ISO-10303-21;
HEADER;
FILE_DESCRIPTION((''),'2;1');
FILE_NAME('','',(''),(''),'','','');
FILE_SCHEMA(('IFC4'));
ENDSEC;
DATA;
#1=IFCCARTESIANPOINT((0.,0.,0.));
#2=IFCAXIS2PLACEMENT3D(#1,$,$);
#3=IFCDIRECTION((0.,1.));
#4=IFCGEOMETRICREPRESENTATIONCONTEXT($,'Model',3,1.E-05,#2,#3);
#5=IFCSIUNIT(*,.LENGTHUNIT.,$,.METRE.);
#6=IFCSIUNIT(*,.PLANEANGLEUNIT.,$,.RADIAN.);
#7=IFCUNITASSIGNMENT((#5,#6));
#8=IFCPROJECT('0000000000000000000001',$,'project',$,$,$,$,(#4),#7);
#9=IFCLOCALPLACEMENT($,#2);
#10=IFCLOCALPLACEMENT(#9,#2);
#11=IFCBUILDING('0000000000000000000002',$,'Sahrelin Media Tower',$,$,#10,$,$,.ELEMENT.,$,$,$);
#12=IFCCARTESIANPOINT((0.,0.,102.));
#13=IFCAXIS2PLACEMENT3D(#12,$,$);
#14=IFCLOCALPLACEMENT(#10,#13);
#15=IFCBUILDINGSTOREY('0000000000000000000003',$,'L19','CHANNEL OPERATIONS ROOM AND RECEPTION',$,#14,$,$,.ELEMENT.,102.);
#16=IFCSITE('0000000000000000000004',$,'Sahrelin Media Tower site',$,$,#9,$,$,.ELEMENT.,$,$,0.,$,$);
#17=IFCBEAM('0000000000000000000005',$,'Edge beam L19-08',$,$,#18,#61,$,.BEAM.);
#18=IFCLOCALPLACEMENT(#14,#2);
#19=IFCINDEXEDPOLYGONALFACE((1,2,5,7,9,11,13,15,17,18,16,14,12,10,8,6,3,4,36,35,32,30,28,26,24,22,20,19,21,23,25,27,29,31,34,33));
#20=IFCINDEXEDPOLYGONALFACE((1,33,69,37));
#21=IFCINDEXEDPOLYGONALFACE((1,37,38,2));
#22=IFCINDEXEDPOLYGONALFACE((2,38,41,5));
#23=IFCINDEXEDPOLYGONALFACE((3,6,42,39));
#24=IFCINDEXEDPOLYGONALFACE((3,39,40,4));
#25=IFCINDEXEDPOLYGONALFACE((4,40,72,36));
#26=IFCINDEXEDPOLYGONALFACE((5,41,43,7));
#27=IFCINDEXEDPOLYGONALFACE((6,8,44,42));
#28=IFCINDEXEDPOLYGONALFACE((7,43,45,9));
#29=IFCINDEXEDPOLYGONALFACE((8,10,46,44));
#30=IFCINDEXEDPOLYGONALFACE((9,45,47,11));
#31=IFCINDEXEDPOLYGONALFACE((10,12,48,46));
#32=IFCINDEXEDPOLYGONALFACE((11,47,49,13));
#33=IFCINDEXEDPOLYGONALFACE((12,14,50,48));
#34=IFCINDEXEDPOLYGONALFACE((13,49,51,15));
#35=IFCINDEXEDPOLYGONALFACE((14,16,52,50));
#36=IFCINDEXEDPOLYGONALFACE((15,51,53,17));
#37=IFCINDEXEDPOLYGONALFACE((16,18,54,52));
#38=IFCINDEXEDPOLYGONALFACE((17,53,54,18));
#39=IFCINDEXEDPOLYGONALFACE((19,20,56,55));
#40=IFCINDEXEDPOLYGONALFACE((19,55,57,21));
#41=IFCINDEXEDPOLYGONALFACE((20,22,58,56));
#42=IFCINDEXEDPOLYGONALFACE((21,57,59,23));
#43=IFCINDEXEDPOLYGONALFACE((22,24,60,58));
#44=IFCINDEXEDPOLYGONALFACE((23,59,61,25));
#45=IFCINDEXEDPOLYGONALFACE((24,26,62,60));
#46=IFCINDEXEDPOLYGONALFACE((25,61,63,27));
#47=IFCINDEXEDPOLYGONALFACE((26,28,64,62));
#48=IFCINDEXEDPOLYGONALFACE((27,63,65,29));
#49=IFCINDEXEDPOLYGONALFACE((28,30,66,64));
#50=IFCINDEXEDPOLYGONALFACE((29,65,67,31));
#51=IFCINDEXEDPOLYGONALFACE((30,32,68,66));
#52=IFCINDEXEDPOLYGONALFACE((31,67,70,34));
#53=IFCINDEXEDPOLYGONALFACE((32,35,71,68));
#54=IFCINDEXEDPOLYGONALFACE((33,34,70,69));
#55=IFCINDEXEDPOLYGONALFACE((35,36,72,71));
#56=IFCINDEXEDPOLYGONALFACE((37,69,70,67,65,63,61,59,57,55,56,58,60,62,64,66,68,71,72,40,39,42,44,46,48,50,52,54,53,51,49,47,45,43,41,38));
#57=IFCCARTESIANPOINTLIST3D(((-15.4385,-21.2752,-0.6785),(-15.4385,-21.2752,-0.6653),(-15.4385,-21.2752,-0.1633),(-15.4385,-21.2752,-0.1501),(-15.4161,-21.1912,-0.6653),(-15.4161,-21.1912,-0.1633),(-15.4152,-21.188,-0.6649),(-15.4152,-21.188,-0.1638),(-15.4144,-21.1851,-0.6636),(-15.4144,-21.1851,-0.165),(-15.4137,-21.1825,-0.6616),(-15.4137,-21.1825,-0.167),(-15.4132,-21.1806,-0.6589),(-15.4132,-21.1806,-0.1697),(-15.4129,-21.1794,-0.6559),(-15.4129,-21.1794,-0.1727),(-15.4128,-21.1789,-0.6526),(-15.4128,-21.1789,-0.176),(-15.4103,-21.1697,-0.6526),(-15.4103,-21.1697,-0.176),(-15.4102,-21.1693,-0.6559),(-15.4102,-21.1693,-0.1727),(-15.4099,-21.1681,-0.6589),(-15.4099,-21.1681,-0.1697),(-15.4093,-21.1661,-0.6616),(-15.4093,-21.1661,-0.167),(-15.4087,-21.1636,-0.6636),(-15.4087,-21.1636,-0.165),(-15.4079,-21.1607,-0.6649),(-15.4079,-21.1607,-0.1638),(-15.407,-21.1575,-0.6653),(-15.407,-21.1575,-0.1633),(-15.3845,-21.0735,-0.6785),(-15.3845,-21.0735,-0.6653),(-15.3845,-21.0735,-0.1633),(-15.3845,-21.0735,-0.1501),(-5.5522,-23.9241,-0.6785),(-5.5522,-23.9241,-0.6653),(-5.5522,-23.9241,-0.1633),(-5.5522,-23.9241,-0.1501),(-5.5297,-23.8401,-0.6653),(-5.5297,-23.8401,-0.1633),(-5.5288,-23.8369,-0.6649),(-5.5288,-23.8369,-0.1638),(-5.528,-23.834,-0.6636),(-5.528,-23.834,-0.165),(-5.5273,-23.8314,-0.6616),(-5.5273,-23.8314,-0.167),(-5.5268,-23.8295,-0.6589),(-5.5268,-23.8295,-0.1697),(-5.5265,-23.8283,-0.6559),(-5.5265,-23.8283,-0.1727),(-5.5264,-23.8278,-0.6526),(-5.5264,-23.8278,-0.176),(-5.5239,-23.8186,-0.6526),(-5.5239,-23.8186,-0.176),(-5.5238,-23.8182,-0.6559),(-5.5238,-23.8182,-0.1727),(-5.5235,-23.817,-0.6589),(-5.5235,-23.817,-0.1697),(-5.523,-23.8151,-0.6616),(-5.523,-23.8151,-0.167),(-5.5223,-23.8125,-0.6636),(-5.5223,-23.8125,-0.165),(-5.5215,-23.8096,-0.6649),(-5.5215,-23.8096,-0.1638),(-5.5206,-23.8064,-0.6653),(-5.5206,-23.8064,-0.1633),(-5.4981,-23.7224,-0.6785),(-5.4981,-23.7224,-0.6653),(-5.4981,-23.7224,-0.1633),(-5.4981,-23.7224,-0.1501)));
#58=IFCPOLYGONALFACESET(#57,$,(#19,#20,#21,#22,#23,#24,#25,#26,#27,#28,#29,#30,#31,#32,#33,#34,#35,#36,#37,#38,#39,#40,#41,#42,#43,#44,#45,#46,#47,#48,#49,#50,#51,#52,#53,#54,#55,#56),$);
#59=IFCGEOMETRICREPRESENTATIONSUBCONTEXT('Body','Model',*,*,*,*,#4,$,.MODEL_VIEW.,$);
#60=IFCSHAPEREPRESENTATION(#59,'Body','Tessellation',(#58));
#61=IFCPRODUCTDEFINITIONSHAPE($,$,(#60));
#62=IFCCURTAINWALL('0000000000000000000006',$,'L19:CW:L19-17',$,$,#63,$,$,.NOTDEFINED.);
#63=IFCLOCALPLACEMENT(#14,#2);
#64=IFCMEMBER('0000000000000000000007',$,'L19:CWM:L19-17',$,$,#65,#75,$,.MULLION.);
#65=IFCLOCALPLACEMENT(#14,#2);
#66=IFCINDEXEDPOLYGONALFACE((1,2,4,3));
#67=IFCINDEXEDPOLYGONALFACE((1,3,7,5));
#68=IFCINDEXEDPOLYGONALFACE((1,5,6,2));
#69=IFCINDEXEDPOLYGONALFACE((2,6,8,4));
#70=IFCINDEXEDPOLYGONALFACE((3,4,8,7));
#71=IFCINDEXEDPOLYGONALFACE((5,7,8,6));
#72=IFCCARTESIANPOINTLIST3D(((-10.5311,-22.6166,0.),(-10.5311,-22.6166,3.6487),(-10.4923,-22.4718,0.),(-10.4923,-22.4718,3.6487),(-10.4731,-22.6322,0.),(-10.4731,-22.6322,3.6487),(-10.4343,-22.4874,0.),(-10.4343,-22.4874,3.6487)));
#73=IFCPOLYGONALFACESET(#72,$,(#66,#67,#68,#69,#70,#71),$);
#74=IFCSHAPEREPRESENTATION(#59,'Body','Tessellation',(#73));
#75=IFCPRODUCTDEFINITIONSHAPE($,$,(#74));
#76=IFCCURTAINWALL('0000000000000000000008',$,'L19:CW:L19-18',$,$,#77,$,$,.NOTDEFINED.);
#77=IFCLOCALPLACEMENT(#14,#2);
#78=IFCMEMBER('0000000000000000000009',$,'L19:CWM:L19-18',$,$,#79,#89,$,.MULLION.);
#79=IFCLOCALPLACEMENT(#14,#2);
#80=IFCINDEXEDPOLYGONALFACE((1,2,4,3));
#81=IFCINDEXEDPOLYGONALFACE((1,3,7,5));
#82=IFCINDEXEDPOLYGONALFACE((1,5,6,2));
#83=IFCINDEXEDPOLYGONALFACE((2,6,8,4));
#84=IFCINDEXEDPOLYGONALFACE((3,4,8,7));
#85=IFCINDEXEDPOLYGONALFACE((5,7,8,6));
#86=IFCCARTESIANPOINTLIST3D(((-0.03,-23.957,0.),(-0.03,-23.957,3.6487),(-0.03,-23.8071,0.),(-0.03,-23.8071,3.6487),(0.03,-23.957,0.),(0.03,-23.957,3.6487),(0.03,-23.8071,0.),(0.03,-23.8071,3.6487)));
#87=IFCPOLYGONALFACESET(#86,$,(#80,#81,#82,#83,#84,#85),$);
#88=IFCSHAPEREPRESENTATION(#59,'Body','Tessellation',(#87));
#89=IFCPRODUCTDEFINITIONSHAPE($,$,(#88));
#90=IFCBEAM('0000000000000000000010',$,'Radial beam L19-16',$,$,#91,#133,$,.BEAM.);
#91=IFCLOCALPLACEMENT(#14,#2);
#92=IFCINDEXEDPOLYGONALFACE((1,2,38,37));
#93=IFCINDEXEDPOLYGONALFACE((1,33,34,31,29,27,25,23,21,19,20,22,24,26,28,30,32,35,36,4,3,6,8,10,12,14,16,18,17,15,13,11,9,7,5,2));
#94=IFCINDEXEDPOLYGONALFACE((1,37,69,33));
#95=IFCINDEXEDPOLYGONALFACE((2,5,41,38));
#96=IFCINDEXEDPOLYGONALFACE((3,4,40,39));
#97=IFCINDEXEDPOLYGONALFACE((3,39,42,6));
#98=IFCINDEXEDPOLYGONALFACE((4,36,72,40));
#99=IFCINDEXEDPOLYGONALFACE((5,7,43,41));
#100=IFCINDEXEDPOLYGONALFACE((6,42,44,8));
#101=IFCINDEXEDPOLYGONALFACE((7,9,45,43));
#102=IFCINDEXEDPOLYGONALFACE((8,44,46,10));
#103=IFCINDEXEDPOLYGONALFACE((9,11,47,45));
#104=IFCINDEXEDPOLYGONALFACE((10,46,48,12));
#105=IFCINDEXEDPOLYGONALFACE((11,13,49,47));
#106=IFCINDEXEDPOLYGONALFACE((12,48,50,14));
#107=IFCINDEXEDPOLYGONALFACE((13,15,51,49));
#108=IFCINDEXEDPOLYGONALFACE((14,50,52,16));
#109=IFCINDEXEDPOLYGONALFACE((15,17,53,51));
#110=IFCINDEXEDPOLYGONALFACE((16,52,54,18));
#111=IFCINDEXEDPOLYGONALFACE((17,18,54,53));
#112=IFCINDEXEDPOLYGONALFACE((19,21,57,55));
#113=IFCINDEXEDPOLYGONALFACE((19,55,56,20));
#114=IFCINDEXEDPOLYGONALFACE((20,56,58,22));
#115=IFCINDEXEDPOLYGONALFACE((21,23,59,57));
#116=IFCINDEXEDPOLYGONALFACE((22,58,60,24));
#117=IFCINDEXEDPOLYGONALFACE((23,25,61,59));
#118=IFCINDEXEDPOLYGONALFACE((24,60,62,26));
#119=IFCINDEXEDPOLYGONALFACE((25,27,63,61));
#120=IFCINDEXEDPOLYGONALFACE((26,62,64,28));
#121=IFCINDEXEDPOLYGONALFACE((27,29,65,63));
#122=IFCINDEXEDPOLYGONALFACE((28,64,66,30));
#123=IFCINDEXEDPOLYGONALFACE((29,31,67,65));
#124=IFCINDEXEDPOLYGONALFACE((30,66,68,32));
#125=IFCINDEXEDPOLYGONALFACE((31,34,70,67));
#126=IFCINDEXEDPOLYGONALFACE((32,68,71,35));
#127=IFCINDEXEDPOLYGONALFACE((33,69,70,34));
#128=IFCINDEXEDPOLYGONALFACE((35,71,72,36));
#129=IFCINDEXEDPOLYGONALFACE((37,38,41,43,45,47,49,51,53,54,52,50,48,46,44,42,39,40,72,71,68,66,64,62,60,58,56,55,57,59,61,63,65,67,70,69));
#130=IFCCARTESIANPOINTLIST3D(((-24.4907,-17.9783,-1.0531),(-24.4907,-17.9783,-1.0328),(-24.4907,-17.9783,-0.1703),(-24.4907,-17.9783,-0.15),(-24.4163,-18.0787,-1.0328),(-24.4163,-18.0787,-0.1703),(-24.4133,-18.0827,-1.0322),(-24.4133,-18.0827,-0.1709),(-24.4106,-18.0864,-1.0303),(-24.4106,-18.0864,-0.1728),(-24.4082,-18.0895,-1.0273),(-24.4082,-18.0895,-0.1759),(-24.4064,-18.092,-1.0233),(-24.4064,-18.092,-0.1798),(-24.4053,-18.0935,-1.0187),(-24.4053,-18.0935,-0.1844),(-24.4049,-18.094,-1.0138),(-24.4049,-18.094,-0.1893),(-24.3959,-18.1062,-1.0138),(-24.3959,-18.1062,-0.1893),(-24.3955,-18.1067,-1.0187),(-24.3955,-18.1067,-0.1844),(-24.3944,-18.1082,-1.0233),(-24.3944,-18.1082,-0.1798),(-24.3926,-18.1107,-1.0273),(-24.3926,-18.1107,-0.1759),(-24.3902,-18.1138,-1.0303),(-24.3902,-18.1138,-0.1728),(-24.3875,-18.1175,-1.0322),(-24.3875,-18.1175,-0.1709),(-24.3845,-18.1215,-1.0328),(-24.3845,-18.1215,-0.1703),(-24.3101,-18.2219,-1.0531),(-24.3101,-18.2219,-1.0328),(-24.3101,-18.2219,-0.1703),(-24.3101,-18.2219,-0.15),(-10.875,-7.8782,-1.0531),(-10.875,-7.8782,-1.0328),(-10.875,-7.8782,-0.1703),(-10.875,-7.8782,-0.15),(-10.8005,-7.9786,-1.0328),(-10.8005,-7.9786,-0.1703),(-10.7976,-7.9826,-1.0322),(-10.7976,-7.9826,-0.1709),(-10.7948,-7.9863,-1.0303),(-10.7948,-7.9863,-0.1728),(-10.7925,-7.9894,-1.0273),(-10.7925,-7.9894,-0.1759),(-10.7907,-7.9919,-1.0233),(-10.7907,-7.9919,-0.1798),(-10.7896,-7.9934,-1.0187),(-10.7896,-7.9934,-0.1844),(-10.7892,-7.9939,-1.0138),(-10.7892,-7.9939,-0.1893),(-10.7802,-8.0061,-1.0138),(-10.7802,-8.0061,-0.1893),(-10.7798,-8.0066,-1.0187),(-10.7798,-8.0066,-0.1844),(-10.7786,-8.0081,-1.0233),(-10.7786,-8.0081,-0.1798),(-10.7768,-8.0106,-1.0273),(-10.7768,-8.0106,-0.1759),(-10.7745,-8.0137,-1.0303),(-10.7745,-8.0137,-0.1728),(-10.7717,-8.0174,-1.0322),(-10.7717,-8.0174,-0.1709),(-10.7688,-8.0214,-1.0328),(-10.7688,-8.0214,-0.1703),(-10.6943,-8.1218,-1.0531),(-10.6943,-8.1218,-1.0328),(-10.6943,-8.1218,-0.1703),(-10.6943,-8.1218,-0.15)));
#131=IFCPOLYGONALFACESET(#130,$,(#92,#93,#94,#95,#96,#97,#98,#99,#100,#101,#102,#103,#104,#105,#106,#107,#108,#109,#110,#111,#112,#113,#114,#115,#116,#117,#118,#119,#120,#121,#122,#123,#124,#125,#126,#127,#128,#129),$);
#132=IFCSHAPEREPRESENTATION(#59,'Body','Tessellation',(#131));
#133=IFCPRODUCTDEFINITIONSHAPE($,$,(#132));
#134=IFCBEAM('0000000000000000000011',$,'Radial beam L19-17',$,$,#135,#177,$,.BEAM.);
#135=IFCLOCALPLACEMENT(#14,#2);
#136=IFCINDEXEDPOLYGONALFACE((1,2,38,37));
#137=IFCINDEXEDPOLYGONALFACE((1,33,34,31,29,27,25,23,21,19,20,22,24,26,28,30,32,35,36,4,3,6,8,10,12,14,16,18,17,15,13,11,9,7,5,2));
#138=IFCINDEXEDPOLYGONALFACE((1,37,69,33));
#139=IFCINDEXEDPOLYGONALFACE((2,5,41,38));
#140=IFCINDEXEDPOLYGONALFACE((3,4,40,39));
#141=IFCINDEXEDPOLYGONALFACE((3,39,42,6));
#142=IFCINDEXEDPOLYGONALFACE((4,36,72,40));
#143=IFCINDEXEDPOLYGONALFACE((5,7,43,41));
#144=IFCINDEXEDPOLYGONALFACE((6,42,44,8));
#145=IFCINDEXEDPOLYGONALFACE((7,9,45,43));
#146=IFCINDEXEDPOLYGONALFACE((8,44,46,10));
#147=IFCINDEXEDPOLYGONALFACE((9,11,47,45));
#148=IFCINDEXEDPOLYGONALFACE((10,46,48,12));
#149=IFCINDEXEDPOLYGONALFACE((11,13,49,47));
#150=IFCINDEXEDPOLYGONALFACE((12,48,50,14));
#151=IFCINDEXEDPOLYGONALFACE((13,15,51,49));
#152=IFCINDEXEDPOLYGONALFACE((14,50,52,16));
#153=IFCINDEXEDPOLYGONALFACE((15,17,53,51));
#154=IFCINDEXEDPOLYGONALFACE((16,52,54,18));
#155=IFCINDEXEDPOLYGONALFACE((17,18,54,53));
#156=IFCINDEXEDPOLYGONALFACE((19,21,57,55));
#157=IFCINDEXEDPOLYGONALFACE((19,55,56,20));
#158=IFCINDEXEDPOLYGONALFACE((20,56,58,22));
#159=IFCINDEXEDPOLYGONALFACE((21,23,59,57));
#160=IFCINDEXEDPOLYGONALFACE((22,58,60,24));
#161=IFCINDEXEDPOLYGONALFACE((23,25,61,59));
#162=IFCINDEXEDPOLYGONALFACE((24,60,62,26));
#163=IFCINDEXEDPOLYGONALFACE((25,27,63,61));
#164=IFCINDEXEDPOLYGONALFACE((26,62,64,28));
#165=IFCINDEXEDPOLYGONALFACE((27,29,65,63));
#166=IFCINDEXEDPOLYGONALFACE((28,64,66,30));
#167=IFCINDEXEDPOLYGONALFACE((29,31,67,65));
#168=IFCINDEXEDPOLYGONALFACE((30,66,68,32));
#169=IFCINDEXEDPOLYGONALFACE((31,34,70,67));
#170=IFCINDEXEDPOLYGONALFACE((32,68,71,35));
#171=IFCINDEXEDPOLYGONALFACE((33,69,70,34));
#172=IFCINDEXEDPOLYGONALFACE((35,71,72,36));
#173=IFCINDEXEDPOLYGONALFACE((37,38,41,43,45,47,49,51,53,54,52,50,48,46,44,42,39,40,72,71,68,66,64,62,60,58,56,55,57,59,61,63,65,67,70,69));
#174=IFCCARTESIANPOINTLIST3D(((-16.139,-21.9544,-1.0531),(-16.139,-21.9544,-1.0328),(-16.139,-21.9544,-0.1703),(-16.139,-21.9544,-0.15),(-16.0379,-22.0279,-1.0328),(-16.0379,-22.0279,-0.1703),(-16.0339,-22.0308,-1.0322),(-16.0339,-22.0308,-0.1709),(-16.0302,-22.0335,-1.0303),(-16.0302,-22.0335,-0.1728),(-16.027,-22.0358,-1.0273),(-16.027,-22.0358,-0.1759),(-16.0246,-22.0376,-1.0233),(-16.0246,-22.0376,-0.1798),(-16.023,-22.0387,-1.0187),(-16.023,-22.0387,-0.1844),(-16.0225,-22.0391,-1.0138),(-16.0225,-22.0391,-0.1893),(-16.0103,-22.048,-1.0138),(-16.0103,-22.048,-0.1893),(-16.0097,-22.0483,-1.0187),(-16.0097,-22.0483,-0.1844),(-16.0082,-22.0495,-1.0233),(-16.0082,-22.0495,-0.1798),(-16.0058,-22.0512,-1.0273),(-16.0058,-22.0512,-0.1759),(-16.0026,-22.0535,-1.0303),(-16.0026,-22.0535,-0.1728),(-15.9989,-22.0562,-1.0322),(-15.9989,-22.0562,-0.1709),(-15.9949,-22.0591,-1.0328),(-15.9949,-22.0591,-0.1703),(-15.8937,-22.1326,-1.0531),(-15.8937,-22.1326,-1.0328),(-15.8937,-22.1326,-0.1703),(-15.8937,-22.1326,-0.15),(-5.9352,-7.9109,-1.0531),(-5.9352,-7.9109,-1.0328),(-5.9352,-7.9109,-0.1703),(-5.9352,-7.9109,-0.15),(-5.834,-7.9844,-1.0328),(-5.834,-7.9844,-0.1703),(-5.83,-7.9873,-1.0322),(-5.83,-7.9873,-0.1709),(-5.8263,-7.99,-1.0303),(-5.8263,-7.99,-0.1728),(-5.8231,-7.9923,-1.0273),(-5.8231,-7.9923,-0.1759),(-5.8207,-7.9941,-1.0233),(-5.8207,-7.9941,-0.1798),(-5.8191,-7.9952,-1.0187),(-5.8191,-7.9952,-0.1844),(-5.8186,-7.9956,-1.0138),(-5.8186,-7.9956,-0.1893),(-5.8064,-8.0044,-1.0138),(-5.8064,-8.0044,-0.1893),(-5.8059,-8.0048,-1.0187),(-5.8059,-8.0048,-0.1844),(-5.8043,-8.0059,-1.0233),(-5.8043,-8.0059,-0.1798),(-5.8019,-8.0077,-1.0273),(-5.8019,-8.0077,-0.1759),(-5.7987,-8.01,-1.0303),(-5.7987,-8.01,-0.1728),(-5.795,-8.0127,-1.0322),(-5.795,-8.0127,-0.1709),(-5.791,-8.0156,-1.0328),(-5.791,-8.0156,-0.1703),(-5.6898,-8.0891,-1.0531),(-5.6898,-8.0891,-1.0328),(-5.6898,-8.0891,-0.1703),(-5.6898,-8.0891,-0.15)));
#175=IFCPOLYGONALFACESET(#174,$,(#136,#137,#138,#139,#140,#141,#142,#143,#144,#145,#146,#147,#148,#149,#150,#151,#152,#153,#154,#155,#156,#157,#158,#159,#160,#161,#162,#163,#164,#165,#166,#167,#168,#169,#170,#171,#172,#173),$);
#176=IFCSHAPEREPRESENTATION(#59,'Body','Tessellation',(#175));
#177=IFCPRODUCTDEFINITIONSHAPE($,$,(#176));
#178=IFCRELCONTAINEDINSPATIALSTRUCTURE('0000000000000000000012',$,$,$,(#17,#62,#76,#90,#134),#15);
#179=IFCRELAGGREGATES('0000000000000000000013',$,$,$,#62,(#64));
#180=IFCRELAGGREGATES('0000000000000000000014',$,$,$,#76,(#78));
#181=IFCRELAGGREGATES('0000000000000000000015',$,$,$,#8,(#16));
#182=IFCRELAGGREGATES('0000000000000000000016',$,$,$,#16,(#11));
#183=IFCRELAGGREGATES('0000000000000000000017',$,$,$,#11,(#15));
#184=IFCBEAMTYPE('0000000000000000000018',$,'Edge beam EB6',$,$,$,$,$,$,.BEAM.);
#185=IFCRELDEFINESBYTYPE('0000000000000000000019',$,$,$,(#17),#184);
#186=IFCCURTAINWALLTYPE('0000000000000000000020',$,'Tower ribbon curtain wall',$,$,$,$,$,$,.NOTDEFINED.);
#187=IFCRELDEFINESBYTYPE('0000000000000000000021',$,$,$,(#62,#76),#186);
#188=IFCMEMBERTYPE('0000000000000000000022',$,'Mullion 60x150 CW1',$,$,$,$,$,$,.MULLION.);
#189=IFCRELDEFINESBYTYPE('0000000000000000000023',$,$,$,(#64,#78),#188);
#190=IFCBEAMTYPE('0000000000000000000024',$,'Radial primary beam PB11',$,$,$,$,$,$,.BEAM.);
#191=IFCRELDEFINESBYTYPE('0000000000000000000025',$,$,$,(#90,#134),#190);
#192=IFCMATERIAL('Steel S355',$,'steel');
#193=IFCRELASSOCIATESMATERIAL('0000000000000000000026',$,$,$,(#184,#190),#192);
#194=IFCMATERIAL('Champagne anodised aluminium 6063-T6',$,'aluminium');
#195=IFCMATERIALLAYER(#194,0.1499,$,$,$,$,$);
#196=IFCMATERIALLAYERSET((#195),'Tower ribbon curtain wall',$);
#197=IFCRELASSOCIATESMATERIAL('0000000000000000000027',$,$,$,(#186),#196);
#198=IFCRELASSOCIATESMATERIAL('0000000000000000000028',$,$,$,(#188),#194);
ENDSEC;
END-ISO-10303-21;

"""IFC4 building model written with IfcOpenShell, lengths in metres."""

from ifc_helpers import new_model, si_unit, direction, frame, origin, origin_2d, place, context, subcontext, project, spatial, rectangle, i_section, extrude, material, layer, layer_set, material_profile, profile_set, type_object, element, aggregate, save


model = new_model("IFC4")

# Units and contexts
model_context = context("Model", 3, precision=1e-05, world=origin(), true_north=direction((0.0, 1.0)))
body_context = subcontext(model_context, "Body", "Model", "MODEL_VIEW")
ifc_project = project(units=[si_unit("LENGTHUNIT", "METRE"), si_unit("PLANEANGLEUNIT", "RADIAN")], contexts=[model_context])

# Site, building, storey
site_placement = place(None, origin())
site = spatial("IfcSite", under=ifc_project, at=site_placement, Name="Sahrelin Media Tower site", CompositionType="ELEMENT", RefElevation=0.0)
building_placement = place(site_placement, origin())
building = spatial("IfcBuilding", under=site, at=building_placement, Name="Sahrelin Media Tower", CompositionType="ELEMENT")
storey_placement = place(building_placement, frame((0.0, 0.0, 102.0)))
storey = spatial("IfcBuildingStorey", under=building, at=storey_placement, Name="L19", Description="CHANNEL OPERATIONS ROOM AND RECEPTION", CompositionType="ELEMENT", Elevation=102.0)

# Beam
ifc_material_1 = material(Name="Steel S355", Category="steel")
ifc_material_profile_1 = material_profile(ifc_material_1, i_section(OverallWidth=0.2087, OverallDepth=0.5283, WebThickness=0.0095, FlangeThickness=0.0132, FilletRadius=0.0127, at=origin_2d()), Name="UB 533x210x82")
ifc_profile_set_1 = profile_set([ifc_material_profile_1], Name="Steel S355")
beam_type_1 = type_object("IfcBeamType", Name="Edge beam EB6", PredefinedType="BEAM", material=ifc_profile_set_1)
beam_1_placement = place(storey_placement, frame((-5.5251, -23.8232, -0.4143), z_axis=(-0.965929, 0.258806, 0.0), x_axis=(-0.258806, -0.965929, 0.0)))
element("IfcBeam", 1, at=beam_1_placement, inside=storey, type_object=beam_type_1, Name="Edge beam L19-08", PredefinedType="BEAM", context=body_context, shape_type="SweptSolid", body=[
    extrude(i_section(OverallWidth=0.2087, OverallDepth=0.5283, WebThickness=0.0095, FlangeThickness=0.0132, FilletRadius=0.0127, at=origin_2d()), origin(), (0.0, 0.0, 1.0), 10.2351),
])

# Curtain walls, members
ifc_material_2 = material(Name="Champagne anodised aluminium 6063-T6", Category="aluminium")
ifc_layer_1 = layer(ifc_material_2, 0.1499)
ifc_layer_set_1 = layer_set([ifc_layer_1], Name="Tower ribbon curtain wall")
curtain_wall_type = type_object("IfcCurtainWallType", Name="Tower ribbon curtain wall", PredefinedType="NOTDEFINED", material=ifc_layer_set_1)
curtain_wall_1_placement = place(storey_placement, frame((-10.5071, -22.6438, 0.0), z_axis=(0.0, 0.0, 1.0), x_axis=(1.0, 0.0, 0.0)))
curtain_wall_1 = element("IfcCurtainWall", 2, at=curtain_wall_1_placement, inside=storey, type_object=curtain_wall_type, Name="L19:CW:L19-17", PredefinedType="NOTDEFINED")
ifc_material_profile_2 = material_profile(ifc_material_2, rectangle(XDim=0.0601, YDim=0.1499, at=origin_2d()), Name="Mullion 60x150")
ifc_profile_set_2 = profile_set([ifc_material_profile_2], Name="Champagne anodised aluminium 6063-T6")
member_type_1 = type_object("IfcMemberType", Name="Mullion 60x150 CW1", PredefinedType="MULLION", material=ifc_profile_set_2)
member_1_placement = place(storey_placement, frame((-10.4827, -22.552, 0.0), z_axis=(0.0, 0.0, 1.0), x_axis=(0.965926, -0.258817, 0.0)))
member_1 = element("IfcMember", 3, at=member_1_placement, type_object=member_type_1, Name="L19:CWM:L19-17", PredefinedType="MULLION", context=body_context, shape_type="SweptSolid", body=[
    extrude(rectangle(XDim=0.0601, YDim=0.1499, at=origin_2d()), origin(), (0.0, 0.0, 1.0), 3.6487),
])
curtain_wall_2_placement = place(storey_placement, frame((0.0, -23.9771, 0.0), z_axis=(0.0, 0.0, 1.0), x_axis=(1.0, 0.0, 0.0)))
curtain_wall_2 = element("IfcCurtainWall", 4, at=curtain_wall_2_placement, inside=storey, type_object=curtain_wall_type, Name="L19:CW:L19-18", PredefinedType="NOTDEFINED")
member_2_placement = place(storey_placement, frame((0.0, -23.8821, 0.0), z_axis=(0.0, 0.0, 1.0), x_axis=(1.0, 0.0, 0.0)))
member_2 = element("IfcMember", 5, at=member_2_placement, type_object=member_type_1, Name="L19:CWM:L19-18", PredefinedType="MULLION", context=body_context, shape_type="SweptSolid", body=[
    extrude(rectangle(XDim=0.0601, YDim=0.1499, at=origin_2d()), origin(), (0.0, 0.0, 1.0), 3.6487),
])

# Beams
ifc_material_profile_3 = material_profile(ifc_material_1, i_section(OverallWidth=0.3032, OverallDepth=0.9031, WebThickness=0.0151, FlangeThickness=0.0203, FilletRadius=0.019, at=origin_2d()), Name="UB 914x305x201")
ifc_profile_set_3 = profile_set([ifc_material_profile_3], Name="Steel S355")
beam_type_2 = type_object("IfcBeamType", Name="Radial primary beam PB11", PredefinedType="BEAM", material=ifc_profile_set_3)
beam_2_placement = place(storey_placement, frame((-10.7847, -8.0, -0.6016), z_axis=(-0.803151, -0.595775, 0.0), x_axis=(0.595775, -0.803151, 0.0)))
element("IfcBeam", 6, at=beam_2_placement, inside=storey, type_object=beam_type_2, Name="Radial beam L19-16", PredefinedType="BEAM", context=body_context, shape_type="SweptSolid", body=[
    extrude(i_section(OverallWidth=0.3032, OverallDepth=0.9031, WebThickness=0.0151, FlangeThickness=0.0203, FilletRadius=0.019, at=origin_2d()), origin(), (0.0, 0.0, 1.0), 16.9529),
])
beam_3_placement = place(storey_placement, frame((-5.8125, -8.0, -0.6016), z_axis=(-0.587811, -0.808998, 0.0), x_axis=(0.808998, -0.587811, 0.0)))
element("IfcBeam", 7, at=beam_3_placement, inside=storey, type_object=beam_type_2, Name="Radial beam L19-17", PredefinedType="BEAM", context=body_context, shape_type="SweptSolid", body=[
    extrude(i_section(OverallWidth=0.3032, OverallDepth=0.9031, WebThickness=0.0151, FlangeThickness=0.0203, FilletRadius=0.019, at=origin_2d()), origin(), (0.0, 0.0, 1.0), 17.3591),
])

aggregate(curtain_wall_1, [member_1])

aggregate(curtain_wall_2, [member_2])

save(model, "model.ifc")
